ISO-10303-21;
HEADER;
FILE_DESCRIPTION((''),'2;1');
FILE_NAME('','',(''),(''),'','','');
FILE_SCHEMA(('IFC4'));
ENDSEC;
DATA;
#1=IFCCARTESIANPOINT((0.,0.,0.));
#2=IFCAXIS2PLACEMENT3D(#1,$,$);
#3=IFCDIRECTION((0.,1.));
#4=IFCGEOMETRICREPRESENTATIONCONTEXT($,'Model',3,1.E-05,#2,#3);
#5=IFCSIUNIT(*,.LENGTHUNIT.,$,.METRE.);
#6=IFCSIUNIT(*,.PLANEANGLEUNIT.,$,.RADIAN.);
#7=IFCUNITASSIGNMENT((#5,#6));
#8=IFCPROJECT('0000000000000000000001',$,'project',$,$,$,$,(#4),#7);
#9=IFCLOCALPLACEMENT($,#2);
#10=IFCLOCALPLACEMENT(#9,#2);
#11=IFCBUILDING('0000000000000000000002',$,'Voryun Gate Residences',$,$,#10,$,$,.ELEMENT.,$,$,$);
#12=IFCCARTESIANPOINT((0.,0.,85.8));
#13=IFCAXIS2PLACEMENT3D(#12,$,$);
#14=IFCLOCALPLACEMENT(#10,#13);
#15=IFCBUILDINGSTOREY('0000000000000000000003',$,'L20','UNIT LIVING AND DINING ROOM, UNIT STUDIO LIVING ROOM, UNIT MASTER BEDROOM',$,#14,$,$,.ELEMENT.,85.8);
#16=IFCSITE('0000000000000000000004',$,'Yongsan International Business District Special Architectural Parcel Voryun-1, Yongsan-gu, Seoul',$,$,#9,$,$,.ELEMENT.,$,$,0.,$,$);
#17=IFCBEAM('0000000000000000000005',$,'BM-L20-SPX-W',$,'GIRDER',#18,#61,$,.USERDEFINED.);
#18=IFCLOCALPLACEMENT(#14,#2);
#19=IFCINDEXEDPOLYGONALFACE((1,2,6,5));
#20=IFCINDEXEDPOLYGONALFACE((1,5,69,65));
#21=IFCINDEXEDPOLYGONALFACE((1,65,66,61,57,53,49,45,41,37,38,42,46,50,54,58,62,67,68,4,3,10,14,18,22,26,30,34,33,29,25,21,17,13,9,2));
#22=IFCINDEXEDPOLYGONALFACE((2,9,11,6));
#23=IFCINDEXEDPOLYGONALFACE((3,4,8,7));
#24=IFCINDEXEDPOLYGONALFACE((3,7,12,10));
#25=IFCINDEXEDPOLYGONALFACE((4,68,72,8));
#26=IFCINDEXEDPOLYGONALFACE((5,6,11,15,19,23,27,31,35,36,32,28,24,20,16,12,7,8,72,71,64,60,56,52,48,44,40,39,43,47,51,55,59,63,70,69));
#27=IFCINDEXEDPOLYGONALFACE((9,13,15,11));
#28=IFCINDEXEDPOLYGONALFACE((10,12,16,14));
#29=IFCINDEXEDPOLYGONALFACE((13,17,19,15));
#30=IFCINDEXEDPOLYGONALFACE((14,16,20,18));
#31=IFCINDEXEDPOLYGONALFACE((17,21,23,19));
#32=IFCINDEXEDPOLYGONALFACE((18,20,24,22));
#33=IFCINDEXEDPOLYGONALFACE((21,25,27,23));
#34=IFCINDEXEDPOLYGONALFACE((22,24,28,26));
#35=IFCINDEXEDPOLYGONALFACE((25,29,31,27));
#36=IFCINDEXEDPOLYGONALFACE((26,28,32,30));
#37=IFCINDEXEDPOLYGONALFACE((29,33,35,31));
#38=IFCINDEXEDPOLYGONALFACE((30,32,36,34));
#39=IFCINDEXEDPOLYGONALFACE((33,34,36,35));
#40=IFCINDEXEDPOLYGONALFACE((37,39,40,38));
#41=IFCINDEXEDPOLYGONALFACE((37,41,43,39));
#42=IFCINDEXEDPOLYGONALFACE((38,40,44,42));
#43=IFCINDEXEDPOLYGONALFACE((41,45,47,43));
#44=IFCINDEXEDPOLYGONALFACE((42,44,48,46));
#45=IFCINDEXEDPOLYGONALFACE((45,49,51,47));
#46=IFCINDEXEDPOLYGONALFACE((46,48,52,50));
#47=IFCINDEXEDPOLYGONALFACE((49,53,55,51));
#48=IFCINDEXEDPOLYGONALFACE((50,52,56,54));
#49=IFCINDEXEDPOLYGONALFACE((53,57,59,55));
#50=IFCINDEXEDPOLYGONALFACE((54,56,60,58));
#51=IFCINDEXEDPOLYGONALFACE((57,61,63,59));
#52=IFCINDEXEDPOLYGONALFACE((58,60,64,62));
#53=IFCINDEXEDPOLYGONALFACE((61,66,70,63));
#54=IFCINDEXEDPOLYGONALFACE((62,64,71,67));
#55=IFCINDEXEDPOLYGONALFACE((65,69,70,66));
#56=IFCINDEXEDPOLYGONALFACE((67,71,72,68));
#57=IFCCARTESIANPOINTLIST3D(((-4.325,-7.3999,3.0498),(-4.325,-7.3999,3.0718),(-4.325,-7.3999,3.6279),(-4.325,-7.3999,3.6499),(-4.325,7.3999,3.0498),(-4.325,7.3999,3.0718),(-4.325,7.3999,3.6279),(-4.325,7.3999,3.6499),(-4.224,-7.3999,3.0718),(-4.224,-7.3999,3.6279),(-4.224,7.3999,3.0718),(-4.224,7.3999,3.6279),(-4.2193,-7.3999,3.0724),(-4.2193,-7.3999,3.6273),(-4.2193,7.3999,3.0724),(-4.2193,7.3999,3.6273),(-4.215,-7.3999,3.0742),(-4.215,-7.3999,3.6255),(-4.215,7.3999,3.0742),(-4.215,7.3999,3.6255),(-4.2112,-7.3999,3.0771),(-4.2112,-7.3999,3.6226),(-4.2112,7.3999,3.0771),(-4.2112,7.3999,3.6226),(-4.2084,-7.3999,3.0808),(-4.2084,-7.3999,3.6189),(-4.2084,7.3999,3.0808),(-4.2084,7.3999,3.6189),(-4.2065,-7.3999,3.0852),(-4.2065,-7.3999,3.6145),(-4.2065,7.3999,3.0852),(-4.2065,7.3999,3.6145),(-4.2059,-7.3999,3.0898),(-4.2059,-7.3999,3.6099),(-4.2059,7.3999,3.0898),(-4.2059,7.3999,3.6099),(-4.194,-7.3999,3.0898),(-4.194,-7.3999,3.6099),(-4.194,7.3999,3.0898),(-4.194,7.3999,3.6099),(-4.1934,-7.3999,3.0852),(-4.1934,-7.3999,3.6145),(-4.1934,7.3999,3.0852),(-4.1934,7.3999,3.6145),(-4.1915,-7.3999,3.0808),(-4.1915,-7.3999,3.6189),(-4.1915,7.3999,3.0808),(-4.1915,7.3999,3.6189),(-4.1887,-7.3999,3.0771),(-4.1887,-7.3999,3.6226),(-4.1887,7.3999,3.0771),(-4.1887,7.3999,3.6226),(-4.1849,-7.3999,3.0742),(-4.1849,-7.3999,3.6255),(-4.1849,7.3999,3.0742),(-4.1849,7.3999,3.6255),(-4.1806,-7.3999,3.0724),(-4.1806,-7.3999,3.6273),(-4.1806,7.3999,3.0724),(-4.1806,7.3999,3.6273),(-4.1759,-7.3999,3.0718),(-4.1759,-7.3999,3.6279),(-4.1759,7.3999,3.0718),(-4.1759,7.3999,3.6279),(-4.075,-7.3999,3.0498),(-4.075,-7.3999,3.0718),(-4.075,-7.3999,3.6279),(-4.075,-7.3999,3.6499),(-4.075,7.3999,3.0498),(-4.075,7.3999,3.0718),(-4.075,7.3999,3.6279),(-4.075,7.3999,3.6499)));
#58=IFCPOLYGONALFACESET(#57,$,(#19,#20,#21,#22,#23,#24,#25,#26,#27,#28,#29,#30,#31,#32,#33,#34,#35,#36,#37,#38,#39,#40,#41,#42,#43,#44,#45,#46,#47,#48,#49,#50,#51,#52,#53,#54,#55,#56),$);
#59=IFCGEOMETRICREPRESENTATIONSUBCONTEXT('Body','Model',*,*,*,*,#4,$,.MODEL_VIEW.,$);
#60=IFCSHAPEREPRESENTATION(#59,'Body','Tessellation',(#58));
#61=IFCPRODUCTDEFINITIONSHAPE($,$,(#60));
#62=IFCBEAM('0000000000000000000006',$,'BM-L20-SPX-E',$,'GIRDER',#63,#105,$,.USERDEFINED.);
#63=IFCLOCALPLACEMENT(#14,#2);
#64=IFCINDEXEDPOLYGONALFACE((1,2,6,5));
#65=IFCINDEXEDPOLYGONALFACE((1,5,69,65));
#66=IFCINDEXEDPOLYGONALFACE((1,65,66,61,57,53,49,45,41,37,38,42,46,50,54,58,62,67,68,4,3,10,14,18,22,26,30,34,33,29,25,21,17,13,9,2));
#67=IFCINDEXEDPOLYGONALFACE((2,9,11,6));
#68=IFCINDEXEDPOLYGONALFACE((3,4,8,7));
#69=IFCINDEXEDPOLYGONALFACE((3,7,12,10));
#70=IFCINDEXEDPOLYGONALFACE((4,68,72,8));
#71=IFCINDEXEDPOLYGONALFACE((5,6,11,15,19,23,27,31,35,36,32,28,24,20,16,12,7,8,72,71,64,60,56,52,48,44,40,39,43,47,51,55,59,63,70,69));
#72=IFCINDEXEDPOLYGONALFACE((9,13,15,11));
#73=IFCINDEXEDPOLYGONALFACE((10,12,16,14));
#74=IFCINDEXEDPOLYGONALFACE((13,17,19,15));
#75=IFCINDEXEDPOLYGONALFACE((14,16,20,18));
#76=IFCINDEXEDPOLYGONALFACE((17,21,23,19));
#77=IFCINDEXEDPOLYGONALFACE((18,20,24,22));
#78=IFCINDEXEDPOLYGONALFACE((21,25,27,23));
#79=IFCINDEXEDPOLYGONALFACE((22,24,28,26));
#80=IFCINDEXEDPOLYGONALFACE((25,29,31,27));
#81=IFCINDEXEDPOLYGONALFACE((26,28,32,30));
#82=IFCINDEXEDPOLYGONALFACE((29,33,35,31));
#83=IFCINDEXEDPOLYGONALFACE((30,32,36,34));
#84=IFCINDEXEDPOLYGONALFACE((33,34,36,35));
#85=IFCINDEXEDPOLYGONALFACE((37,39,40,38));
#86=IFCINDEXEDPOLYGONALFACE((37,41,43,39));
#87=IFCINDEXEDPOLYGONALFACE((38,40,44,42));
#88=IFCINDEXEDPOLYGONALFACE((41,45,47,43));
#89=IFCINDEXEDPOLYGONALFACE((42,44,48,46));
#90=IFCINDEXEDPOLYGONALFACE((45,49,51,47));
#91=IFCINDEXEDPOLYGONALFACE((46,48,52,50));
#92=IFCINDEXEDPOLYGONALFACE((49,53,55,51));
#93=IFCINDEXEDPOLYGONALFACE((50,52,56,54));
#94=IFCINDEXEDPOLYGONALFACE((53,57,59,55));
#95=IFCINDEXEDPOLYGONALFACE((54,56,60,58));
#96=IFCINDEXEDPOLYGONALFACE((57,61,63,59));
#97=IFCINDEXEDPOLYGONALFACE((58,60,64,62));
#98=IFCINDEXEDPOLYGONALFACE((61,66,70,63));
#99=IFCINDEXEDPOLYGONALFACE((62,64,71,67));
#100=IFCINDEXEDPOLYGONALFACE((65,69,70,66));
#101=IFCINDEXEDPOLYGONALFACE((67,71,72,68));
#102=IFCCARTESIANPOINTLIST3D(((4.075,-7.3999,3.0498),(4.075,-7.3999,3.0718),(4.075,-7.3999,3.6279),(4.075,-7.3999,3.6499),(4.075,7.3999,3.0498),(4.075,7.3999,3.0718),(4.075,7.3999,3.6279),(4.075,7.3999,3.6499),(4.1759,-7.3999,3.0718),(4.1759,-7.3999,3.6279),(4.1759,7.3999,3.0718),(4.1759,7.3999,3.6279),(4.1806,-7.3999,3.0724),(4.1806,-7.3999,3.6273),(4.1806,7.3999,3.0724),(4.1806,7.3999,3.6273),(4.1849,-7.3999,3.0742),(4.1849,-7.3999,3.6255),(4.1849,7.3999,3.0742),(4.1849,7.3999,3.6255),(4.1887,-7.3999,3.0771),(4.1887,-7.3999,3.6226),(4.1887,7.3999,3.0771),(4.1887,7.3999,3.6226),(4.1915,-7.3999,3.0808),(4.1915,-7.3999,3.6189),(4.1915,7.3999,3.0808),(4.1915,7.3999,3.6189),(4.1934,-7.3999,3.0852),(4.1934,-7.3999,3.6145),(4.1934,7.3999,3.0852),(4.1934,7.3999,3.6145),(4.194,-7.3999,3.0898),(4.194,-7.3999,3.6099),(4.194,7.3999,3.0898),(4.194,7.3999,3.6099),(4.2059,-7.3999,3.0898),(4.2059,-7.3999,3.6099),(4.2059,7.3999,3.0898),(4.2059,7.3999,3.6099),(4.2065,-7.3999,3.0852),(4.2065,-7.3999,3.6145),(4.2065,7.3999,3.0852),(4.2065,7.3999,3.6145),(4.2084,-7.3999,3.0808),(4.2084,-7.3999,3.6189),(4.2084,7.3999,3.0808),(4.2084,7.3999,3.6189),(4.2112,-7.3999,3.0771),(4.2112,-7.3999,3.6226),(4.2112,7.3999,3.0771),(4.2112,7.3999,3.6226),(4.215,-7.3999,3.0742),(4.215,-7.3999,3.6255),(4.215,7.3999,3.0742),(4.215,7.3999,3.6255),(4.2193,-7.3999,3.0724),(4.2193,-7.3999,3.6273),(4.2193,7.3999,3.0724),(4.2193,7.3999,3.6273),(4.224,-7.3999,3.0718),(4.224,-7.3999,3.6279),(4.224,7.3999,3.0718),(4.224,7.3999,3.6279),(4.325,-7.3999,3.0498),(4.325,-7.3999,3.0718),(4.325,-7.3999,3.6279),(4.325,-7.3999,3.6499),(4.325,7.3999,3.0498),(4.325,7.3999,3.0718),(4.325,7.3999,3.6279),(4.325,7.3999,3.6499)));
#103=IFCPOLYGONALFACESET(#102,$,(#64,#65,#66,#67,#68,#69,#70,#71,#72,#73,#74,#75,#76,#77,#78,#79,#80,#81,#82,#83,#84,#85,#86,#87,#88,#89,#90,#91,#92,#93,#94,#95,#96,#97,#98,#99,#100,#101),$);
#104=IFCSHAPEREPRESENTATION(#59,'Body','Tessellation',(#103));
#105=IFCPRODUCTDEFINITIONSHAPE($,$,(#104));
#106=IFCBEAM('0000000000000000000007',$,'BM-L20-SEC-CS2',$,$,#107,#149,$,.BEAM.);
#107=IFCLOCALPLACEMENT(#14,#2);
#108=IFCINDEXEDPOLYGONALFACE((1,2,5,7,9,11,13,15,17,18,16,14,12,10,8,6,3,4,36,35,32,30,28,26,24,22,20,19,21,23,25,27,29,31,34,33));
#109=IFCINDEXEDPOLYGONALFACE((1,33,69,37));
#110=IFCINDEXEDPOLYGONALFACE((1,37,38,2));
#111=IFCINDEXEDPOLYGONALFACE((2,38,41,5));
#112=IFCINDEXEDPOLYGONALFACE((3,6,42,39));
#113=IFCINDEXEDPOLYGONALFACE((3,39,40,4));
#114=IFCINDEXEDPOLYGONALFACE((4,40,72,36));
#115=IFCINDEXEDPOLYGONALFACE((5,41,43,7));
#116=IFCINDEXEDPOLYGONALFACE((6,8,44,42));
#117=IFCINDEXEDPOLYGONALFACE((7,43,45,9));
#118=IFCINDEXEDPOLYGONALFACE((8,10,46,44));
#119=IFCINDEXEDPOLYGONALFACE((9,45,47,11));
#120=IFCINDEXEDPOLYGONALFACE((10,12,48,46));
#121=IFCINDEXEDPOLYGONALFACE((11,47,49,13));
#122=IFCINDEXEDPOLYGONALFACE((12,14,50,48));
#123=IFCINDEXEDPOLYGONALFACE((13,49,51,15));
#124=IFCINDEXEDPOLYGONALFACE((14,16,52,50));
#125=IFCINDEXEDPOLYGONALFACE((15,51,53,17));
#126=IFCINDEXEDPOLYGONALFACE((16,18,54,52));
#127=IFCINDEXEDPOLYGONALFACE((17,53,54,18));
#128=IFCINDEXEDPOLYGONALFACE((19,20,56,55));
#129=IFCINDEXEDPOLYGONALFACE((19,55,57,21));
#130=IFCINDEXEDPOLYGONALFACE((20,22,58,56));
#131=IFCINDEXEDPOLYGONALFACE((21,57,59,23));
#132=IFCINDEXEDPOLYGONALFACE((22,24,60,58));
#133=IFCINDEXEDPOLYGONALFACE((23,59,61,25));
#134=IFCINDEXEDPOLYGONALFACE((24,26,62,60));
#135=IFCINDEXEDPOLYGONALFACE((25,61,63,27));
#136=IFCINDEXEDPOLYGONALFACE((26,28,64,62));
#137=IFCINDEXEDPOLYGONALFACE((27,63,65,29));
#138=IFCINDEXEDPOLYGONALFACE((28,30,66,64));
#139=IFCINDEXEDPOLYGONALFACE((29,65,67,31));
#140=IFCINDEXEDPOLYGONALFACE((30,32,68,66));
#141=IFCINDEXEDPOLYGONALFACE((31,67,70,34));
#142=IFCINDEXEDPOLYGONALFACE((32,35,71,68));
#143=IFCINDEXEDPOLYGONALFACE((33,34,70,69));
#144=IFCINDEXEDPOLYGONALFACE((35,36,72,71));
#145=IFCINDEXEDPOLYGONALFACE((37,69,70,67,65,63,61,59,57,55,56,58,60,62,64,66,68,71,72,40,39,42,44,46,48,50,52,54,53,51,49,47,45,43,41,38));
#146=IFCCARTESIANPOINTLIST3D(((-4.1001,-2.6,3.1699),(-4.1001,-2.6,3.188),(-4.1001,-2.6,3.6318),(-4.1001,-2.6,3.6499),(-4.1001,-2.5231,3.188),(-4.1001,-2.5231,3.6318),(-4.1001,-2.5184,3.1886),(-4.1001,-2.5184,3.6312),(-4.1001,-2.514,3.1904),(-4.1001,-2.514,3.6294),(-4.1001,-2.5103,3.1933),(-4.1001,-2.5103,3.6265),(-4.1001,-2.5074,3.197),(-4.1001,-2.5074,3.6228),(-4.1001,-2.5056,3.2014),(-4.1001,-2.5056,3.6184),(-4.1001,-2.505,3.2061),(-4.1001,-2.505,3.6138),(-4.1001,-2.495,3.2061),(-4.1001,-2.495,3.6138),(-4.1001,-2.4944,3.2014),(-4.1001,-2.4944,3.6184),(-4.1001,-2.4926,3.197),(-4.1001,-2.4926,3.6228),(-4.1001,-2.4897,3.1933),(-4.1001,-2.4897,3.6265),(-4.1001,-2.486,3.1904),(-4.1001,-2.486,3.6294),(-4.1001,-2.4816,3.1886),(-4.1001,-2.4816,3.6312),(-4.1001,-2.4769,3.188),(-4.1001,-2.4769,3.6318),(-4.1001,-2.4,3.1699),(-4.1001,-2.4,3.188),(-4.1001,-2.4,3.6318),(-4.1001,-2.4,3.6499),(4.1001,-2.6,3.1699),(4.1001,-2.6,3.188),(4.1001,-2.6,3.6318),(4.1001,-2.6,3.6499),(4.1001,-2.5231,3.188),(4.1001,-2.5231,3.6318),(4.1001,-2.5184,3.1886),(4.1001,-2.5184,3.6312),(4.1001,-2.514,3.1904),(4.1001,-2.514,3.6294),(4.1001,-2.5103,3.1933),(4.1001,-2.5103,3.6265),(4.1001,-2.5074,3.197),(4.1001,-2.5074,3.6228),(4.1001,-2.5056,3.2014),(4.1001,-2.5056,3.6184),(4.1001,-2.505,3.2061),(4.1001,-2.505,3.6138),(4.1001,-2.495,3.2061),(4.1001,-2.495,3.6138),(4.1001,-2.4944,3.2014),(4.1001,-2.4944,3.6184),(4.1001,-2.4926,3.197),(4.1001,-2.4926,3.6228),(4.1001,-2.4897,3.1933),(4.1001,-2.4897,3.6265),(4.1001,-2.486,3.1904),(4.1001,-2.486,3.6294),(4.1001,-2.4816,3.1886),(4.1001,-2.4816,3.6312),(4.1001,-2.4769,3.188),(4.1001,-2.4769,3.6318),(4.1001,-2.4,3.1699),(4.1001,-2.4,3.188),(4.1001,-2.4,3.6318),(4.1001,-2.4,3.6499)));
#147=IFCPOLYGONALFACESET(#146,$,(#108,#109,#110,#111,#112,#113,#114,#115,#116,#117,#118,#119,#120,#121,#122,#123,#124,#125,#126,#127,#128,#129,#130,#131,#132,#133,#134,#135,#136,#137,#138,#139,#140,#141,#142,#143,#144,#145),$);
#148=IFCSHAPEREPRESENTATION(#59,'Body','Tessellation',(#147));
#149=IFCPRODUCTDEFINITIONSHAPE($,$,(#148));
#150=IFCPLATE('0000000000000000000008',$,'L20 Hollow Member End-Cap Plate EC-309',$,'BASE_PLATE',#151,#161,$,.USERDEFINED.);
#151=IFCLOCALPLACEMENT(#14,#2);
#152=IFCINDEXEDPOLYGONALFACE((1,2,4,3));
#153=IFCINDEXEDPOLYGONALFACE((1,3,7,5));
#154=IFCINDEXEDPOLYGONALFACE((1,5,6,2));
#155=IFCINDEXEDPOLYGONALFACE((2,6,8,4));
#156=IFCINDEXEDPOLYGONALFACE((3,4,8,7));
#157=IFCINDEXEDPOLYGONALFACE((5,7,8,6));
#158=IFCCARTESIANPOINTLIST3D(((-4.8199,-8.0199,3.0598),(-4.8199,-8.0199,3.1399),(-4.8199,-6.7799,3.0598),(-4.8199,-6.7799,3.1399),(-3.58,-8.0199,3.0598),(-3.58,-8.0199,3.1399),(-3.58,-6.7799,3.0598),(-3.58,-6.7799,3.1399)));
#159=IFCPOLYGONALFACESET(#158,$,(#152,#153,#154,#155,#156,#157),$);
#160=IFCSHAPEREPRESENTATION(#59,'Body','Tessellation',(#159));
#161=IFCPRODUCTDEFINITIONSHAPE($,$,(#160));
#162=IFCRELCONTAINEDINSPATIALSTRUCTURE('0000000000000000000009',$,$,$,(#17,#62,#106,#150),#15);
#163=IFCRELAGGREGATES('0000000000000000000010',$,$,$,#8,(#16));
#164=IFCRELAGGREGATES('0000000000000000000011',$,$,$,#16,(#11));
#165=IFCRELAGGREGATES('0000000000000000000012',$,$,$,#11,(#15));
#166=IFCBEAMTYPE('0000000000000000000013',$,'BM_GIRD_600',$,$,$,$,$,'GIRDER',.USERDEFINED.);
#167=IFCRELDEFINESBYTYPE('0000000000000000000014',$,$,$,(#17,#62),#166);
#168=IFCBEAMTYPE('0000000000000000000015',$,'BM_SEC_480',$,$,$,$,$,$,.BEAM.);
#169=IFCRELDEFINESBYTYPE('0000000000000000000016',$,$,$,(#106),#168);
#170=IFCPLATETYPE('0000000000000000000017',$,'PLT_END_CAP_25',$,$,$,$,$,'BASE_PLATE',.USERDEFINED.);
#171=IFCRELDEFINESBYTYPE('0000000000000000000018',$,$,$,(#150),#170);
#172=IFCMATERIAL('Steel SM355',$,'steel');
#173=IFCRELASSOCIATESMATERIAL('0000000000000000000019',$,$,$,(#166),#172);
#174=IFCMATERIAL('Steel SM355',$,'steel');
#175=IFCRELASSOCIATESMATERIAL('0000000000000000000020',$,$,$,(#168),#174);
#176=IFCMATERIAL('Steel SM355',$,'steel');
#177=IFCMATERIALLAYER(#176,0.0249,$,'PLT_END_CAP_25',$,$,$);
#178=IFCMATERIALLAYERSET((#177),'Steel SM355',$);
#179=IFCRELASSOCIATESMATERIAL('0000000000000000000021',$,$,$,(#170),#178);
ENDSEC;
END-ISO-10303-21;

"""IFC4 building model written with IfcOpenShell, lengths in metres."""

from ifc_helpers import new_model, si_unit, direction, frame, origin, origin_2d, place, context, subcontext, project, spatial, rectangle, i_section, extrude, material, layer, layer_set, material_profile, profile_set, type_object, element, save


model = new_model("IFC4")

# Units and contexts
model_context = context("Model", 3, precision=1e-05, world=origin(), true_north=direction((0.0, 1.0)))
body_context = subcontext(model_context, "Body", "Model", "MODEL_VIEW")
ifc_project = project(units=[si_unit("LENGTHUNIT", "METRE"), si_unit("PLANEANGLEUNIT", "RADIAN")], contexts=[model_context])

# Site, building, storey
site_placement = place(None, origin())
site = spatial("IfcSite", under=ifc_project, at=site_placement, Name="Yongsan International Business District Special Architectural Parcel Voryun-1, Yongsan-gu, Seoul", CompositionType="ELEMENT", RefElevation=0.0)
building_placement = place(site_placement, origin())
building = spatial("IfcBuilding", under=site, at=building_placement, Name="Voryun Gate Residences", CompositionType="ELEMENT")
storey_placement = place(building_placement, frame((0.0, 0.0, 85.8)))
storey = spatial("IfcBuildingStorey", under=building, at=storey_placement, Name="L20", Description="UNIT LIVING AND DINING ROOM, UNIT STUDIO LIVING ROOM, UNIT MASTER BEDROOM", CompositionType="ELEMENT", Elevation=85.8)

# Beams
ifc_material_1 = material(Name="Steel SM355", Category="steel")
ifc_material_profile_1 = material_profile(ifc_material_1, i_section(OverallWidth=0.25, OverallDepth=0.6001, WebThickness=0.012, FlangeThickness=0.022, FilletRadius=0.0181, at=origin_2d()), Name="H-600x250x12x22")
ifc_profile_set_1 = profile_set([ifc_material_profile_1], Name="Steel SM355")
beam_type_1 = type_object("IfcBeamType", Name="BM_GIRD_600", ElementType="GIRDER", PredefinedType="USERDEFINED", material=ifc_profile_set_1)
for number, where, z_axis, x_axis, name in (
    (1, (-4.2, -7.3999, 3.3499), (0.0, 1.0, 0.0), (-1.0, 0.0, 0.0), "BM-L20-SPX-W"),
    (2, (4.2, -7.3999, 3.3499), (0.0, 1.0, 0.0), (-1.0, 0.0, 0.0), "BM-L20-SPX-E"),
):
    element("IfcBeam", number, at=place(storey_placement, frame(where, z_axis=z_axis, x_axis=x_axis)), inside=storey, type_object=beam_type_1, Name=name, ObjectType="GIRDER", PredefinedType="USERDEFINED", context=body_context, shape_type="SweptSolid", body=[
        extrude(i_section(OverallWidth=0.25, OverallDepth=0.6001, WebThickness=0.012, FlangeThickness=0.022, FilletRadius=0.0181, at=origin_2d()), origin(), (0.0, 0.0, 1.0), 14.7998),
    ])
ifc_material_2 = material(Name="Steel SM355", Category="steel")
ifc_material_profile_2 = material_profile(ifc_material_2, i_section(OverallWidth=0.2, OverallDepth=0.48, WebThickness=0.01, FlangeThickness=0.0181, FilletRadius=0.0181, at=origin_2d()), Name="H-480x200x10x18")
ifc_profile_set_2 = profile_set([ifc_material_profile_2], Name="Steel SM355")
beam_type_2 = type_object("IfcBeamType", Name="BM_SEC_480", PredefinedType="BEAM", material=ifc_profile_set_2)
beam_1_placement = place(storey_placement, frame((-4.1001, -2.5, 3.4099), z_axis=(1.0, 0.0, 0.0), x_axis=(0.0, 1.0, 0.0)))
element("IfcBeam", 3, at=beam_1_placement, inside=storey, type_object=beam_type_2, Name="BM-L20-SEC-CS2", PredefinedType="BEAM", context=body_context, shape_type="SweptSolid", body=[
    extrude(i_section(OverallWidth=0.2, OverallDepth=0.48, WebThickness=0.01, FlangeThickness=0.0181, FilletRadius=0.0181, at=origin_2d()), origin(), (0.0, 0.0, 1.0), 8.2002),
])

# Plate
ifc_material_3 = material(Name="Steel SM355", Category="steel")
ifc_layer_1 = layer(ifc_material_3, 0.0249, Name="PLT_END_CAP_25")
ifc_layer_set_1 = layer_set([ifc_layer_1], Name="Steel SM355")
plate_type = type_object("IfcPlateType", Name="PLT_END_CAP_25", ElementType="BASE_PLATE", PredefinedType="USERDEFINED", material=ifc_layer_set_1)
plate_placement = place(storey_placement, frame((-4.2, -7.3999, 3.0598), z_axis=(0.0, 0.0, 1.0), x_axis=(1.0, 0.0, 0.0)))
element("IfcPlate", 4, at=plate_placement, inside=storey, type_object=plate_type, Name="L20 Hollow Member End-Cap Plate EC-309", ObjectType="BASE_PLATE", PredefinedType="USERDEFINED", context=body_context, shape_type="SweptSolid", body=[
    extrude(rectangle(XDim=1.24, YDim=1.24, at=origin_2d()), origin(), (0.0, 0.0, 1.0), 0.0801),
])

save(model, "model.ifc")
